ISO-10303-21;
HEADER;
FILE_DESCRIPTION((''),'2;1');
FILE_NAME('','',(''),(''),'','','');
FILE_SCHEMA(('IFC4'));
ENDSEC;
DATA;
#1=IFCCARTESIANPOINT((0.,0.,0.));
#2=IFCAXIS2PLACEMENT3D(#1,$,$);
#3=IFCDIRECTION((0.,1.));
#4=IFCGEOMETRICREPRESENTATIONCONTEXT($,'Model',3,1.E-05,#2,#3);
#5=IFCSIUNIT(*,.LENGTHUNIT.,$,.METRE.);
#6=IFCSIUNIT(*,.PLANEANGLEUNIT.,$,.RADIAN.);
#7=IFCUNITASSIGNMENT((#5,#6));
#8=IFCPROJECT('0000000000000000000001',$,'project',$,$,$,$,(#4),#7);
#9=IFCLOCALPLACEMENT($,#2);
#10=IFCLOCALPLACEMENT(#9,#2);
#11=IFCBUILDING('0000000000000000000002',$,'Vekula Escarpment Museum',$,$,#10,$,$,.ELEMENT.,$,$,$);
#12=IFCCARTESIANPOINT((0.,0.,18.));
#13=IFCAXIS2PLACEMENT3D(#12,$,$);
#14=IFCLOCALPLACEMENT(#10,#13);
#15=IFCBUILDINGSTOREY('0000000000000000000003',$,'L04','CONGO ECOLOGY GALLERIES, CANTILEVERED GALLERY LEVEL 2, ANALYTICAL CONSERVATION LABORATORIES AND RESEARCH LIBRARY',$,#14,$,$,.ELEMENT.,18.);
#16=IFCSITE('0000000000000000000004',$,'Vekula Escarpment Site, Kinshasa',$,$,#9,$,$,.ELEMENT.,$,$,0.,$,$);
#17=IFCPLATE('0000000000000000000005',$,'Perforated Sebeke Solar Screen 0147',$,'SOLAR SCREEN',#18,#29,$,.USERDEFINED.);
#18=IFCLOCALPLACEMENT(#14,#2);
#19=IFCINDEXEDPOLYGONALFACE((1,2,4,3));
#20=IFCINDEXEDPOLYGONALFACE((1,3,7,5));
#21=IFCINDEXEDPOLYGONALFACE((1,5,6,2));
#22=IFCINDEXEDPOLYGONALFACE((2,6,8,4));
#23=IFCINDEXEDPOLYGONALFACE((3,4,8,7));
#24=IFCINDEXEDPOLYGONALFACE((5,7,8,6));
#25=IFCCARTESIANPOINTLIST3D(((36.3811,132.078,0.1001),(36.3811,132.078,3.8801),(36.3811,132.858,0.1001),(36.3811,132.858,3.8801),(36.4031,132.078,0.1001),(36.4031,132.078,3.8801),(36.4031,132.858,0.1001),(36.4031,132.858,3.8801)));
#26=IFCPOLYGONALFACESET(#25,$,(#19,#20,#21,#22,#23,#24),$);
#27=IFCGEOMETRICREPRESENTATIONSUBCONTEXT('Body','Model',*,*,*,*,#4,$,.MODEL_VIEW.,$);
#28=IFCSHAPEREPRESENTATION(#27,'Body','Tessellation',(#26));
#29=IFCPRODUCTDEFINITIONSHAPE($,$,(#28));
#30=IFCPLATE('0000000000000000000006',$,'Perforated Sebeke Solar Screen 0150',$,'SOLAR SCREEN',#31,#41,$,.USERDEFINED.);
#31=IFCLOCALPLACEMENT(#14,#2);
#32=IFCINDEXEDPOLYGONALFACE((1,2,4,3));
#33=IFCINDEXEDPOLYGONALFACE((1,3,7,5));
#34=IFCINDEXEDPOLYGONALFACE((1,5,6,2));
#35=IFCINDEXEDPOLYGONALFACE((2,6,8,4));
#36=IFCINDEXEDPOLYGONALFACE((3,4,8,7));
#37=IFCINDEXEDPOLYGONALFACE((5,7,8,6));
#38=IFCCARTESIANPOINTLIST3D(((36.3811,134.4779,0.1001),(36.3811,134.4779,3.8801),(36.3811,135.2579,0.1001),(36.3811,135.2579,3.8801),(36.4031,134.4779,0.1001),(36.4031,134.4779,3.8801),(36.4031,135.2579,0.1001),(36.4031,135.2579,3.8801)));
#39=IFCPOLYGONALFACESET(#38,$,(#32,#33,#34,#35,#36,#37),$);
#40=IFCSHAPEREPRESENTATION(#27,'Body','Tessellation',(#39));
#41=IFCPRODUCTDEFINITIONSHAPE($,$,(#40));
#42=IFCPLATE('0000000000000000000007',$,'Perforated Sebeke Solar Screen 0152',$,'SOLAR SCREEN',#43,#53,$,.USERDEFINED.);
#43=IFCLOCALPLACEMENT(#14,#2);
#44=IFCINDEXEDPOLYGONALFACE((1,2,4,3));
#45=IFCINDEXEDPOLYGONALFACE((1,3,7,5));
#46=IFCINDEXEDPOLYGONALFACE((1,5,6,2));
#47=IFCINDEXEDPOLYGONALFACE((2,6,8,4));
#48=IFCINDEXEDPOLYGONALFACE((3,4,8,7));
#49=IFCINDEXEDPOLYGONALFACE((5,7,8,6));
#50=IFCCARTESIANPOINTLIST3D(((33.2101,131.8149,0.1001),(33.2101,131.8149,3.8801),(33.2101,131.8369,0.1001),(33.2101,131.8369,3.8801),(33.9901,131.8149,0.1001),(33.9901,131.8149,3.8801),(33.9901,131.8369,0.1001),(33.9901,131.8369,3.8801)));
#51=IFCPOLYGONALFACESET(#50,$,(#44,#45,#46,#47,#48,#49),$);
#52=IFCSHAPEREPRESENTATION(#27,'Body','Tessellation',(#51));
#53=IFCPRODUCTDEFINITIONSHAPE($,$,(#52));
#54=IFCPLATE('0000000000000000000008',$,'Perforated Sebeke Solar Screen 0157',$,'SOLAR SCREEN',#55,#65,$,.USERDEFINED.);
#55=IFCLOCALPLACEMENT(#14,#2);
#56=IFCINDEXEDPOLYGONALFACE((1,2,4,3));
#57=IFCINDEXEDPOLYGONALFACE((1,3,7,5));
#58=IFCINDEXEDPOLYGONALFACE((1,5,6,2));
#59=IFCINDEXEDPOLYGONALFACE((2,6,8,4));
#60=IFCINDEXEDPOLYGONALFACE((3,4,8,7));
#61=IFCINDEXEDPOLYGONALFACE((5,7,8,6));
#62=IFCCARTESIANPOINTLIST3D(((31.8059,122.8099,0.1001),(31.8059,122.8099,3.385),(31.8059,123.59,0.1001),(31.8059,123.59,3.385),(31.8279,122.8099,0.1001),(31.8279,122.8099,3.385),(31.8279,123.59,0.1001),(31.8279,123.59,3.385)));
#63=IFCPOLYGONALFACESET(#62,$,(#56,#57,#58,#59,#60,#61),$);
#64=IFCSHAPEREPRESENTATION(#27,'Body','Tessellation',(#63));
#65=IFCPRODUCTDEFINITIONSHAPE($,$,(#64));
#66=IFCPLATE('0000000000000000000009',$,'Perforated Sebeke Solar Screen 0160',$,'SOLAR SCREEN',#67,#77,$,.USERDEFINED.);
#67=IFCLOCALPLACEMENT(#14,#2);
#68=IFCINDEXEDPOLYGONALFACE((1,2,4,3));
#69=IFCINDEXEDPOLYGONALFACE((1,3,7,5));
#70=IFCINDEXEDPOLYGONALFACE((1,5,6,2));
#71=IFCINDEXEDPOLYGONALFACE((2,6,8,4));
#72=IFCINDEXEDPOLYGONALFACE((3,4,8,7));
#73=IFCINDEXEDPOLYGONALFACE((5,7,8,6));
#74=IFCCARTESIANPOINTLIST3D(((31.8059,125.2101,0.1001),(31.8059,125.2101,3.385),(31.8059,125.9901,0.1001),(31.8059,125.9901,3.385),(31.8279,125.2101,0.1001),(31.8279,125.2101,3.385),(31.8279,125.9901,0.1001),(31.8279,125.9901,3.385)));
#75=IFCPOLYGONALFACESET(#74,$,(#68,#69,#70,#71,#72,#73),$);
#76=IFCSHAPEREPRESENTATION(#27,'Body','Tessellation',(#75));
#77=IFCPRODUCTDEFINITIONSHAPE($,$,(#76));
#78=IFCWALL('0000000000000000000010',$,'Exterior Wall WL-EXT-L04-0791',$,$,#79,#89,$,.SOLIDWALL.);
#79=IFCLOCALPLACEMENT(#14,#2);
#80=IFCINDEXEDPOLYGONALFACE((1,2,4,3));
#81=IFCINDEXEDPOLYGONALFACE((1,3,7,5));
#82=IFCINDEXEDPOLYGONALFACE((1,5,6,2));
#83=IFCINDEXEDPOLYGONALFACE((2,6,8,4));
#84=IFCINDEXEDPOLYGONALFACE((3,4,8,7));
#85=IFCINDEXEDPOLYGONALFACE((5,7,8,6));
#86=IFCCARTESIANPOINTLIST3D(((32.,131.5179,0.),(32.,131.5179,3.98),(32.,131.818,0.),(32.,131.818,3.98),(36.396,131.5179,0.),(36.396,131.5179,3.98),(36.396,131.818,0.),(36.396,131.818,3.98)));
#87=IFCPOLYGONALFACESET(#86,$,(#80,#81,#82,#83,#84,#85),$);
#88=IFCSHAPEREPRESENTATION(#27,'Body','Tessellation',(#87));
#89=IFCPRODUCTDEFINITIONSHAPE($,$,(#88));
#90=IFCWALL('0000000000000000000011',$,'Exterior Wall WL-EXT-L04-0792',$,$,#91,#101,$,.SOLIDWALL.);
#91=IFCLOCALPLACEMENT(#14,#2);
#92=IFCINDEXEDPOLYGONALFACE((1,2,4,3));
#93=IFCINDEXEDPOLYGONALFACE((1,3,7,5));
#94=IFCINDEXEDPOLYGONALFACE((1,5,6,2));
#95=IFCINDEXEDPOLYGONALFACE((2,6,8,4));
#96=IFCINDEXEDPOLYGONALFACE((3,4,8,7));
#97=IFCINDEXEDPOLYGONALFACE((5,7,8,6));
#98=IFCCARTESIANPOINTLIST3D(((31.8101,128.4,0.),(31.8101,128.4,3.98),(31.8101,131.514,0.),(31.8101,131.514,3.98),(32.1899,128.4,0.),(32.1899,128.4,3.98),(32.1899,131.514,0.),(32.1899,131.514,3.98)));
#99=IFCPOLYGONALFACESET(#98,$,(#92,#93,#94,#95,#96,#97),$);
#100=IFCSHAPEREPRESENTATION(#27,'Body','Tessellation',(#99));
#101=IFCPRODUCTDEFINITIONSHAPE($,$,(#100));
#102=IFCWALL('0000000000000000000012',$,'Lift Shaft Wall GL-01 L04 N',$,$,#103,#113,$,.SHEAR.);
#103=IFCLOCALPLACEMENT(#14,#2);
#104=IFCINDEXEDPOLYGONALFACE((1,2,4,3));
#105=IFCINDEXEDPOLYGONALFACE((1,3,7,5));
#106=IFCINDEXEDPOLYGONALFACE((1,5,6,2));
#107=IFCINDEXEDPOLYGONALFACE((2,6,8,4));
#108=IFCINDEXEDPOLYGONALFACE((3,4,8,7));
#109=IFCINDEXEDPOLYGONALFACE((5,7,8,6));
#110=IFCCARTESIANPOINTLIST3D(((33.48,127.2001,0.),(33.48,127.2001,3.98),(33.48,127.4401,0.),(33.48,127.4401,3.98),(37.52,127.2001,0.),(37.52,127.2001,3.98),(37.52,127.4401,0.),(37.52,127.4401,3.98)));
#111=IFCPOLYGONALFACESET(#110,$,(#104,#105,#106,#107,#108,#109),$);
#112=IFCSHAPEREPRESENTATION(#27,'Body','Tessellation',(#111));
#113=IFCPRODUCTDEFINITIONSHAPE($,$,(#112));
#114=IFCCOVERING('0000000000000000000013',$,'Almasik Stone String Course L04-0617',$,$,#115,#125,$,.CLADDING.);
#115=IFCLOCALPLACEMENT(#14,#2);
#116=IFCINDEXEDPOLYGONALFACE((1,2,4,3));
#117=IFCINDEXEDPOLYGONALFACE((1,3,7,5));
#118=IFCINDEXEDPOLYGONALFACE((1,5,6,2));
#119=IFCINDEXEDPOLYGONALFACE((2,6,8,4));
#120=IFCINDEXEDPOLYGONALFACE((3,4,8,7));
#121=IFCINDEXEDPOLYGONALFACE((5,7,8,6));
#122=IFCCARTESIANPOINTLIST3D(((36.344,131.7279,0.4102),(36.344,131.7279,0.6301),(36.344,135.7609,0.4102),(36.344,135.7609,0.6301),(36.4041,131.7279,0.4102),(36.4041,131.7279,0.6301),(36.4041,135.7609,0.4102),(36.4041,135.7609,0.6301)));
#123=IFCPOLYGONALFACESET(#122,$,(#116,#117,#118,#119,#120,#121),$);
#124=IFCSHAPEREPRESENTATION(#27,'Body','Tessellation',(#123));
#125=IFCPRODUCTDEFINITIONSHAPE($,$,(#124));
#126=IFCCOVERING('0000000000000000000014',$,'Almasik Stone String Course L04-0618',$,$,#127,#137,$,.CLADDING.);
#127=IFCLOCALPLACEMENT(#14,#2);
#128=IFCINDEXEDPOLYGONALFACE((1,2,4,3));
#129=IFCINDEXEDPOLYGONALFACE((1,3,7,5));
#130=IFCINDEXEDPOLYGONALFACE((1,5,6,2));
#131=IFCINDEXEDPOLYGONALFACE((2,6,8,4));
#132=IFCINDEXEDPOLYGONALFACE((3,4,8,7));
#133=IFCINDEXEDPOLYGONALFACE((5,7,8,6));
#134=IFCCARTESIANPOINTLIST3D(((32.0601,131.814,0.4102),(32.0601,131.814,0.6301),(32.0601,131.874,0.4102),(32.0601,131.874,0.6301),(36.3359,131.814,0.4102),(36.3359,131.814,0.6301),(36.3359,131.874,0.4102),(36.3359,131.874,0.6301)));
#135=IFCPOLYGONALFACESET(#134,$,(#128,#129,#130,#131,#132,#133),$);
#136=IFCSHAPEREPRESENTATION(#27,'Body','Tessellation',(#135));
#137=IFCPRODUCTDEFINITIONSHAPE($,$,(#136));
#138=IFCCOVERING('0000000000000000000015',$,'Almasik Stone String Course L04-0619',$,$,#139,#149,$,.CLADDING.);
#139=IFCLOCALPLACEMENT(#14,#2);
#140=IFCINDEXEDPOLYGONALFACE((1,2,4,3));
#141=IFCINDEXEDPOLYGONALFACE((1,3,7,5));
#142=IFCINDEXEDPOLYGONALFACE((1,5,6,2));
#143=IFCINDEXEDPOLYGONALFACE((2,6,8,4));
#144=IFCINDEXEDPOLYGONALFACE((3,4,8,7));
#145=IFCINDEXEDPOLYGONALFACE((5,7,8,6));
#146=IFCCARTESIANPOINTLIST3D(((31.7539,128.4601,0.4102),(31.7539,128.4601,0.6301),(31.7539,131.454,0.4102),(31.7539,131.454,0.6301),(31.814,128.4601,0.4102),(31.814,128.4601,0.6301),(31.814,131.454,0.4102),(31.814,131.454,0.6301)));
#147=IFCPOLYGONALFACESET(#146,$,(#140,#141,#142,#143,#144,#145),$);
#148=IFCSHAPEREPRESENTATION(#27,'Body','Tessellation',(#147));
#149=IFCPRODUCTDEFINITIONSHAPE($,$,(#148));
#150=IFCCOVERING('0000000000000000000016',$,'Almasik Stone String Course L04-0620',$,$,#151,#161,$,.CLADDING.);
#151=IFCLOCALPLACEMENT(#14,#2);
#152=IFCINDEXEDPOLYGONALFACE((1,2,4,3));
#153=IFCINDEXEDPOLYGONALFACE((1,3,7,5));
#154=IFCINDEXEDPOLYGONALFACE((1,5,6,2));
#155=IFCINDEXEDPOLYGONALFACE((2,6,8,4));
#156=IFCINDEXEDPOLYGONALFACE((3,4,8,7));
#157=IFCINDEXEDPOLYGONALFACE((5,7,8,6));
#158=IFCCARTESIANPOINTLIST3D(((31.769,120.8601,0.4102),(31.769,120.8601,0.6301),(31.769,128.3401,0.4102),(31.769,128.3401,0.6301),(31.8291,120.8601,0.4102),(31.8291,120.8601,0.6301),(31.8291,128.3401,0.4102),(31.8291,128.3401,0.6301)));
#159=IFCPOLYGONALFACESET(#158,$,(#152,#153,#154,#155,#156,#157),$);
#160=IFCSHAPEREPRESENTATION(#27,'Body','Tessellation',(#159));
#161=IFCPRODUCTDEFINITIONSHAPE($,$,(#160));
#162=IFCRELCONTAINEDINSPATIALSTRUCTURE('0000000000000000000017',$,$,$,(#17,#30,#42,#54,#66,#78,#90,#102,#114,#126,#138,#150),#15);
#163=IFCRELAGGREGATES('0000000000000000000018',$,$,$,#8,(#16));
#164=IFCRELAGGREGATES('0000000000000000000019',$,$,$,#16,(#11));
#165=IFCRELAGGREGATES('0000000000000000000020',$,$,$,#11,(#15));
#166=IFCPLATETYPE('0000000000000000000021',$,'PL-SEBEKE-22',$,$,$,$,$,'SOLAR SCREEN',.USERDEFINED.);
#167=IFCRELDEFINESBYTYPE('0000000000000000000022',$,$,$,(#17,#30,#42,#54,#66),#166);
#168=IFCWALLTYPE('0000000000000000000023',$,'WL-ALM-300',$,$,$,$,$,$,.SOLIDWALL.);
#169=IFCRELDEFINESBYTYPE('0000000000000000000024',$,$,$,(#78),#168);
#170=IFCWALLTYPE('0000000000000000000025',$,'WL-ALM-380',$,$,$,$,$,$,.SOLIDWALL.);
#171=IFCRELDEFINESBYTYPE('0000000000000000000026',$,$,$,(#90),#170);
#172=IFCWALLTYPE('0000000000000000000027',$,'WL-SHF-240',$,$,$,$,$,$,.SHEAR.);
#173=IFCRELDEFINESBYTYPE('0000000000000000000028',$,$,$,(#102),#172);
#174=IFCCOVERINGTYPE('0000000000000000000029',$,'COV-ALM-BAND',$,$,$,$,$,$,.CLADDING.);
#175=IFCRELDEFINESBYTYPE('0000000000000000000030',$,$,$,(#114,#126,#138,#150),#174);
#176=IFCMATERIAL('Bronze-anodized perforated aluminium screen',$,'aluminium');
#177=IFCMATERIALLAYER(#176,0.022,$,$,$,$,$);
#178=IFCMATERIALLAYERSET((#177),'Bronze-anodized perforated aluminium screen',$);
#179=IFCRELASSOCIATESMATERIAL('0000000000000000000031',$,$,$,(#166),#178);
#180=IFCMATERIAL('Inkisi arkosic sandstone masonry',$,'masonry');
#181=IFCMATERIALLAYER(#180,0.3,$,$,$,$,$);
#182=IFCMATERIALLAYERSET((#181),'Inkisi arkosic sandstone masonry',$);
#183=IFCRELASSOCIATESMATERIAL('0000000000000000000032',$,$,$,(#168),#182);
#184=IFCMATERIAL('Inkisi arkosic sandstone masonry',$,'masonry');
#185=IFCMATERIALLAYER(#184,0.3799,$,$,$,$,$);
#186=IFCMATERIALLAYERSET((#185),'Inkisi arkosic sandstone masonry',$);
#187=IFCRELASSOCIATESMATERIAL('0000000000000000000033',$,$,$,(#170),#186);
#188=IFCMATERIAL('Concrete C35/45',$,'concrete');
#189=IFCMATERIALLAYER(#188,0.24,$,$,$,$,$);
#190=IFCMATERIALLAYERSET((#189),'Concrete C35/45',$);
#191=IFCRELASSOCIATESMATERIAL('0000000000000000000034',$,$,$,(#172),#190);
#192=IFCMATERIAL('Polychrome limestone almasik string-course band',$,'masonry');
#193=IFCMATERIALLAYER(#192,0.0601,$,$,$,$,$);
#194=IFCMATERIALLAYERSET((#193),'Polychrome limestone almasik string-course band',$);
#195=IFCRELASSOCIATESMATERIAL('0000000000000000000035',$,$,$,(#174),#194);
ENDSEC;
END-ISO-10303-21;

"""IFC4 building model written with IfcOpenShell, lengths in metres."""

from ifc_helpers import new_model, si_unit, direction, frame, frame_2d, origin, origin_2d, place, context, subcontext, project, spatial, rectangle, extrude, material, layer, layer_set, type_object, element, save


model = new_model("IFC4")

# Units and contexts
model_context = context("Model", 3, precision=1e-05, world=origin(), true_north=direction((0.0, 1.0)))
body_context = subcontext(model_context, "Body", "Model", "MODEL_VIEW")
ifc_project = project(units=[si_unit("LENGTHUNIT", "METRE"), si_unit("PLANEANGLEUNIT", "RADIAN")], contexts=[model_context])

# Site, building, storey
site_placement = place(None, origin())
site = spatial("IfcSite", under=ifc_project, at=site_placement, Name="Vekula Escarpment Site, Kinshasa", CompositionType="ELEMENT", RefElevation=0.0)
building_placement = place(site_placement, origin())
building = spatial("IfcBuilding", under=site, at=building_placement, Name="Vekula Escarpment Museum", CompositionType="ELEMENT")
storey_placement = place(building_placement, frame((0.0, 0.0, 18.0)))
storey = spatial("IfcBuildingStorey", under=building, at=storey_placement, Name="L04", Description="CONGO ECOLOGY GALLERIES, CANTILEVERED GALLERY LEVEL 2, ANALYTICAL CONSERVATION LABORATORIES AND RESEARCH LIBRARY", CompositionType="ELEMENT", Elevation=18.0)

# Plates
ifc_material_1 = material(Name="Bronze-anodized perforated aluminium screen", Category="aluminium")
ifc_layer_1 = layer(ifc_material_1, 0.022)
ifc_layer_set_1 = layer_set([ifc_layer_1], Name="Bronze-anodized perforated aluminium screen")
plate_type_1 = type_object("IfcPlateType", Name="PL-SEBEKE-22", ElementType="SOLAR SCREEN", PredefinedType="USERDEFINED", material=ifc_layer_set_1)
for number, where, z_axis, x_axis, name in (
    (1, (36.3921, 132.468, 0.1001), (0.0, 0.0, 1.0), (0.0, 1.0, 0.0), "Perforated Sebeke Solar Screen 0147"),
    (2, (36.3921, 134.8679, 0.1001), (0.0, 0.0, 1.0), (0.0, 1.0, 0.0), "Perforated Sebeke Solar Screen 0150"),
    (3, (33.6001, 131.8259, 0.1001), (0.0, 0.0, 1.0), (1.0, 0.0, 0.0), "Perforated Sebeke Solar Screen 0152"),
):
    element("IfcPlate", number, at=place(storey_placement, frame(where, z_axis=z_axis, x_axis=x_axis)), inside=storey, type_object=plate_type_1, Name=name, ObjectType="SOLAR SCREEN", PredefinedType="USERDEFINED", context=body_context, shape_type="SweptSolid", body=[
        extrude(rectangle(XDim=0.78, YDim=0.022, at=origin_2d()), origin(), (0.0, 0.0, 1.0), 3.78),
    ])
for number, where, z_axis, x_axis, name in (
    (4, (31.8169, 123.2, 0.1001), (0.0, 0.0, 1.0), (0.0, 1.0, 0.0), "Perforated Sebeke Solar Screen 0157"),
    (5, (31.8169, 125.6001, 0.1001), (0.0, 0.0, 1.0), (0.0, 1.0, 0.0), "Perforated Sebeke Solar Screen 0160"),
):
    element("IfcPlate", number, at=place(storey_placement, frame(where, z_axis=z_axis, x_axis=x_axis)), inside=storey, type_object=plate_type_1, Name=name, ObjectType="SOLAR SCREEN", PredefinedType="USERDEFINED", context=body_context, shape_type="SweptSolid", body=[
        extrude(rectangle(XDim=0.78, YDim=0.022, at=origin_2d()), origin(), (0.0, 0.0, 1.0), 3.2849),
    ])

# Walls
ifc_material_2 = material(Name="Inkisi arkosic sandstone masonry", Category="masonry")
ifc_layer_2 = layer(ifc_material_2, 0.3)
ifc_layer_set_2 = layer_set([ifc_layer_2], Name="Inkisi arkosic sandstone masonry")
wall_type_1 = type_object("IfcWallType", Name="WL-ALM-300", PredefinedType="SOLIDWALL", material=ifc_layer_set_2)
wall_1_placement = place(storey_placement, frame((32.0, 131.668, 0.0), z_axis=(0.0, 0.0, 1.0), x_axis=(1.0, 0.0, 0.0)))
element("IfcWall", 6, at=wall_1_placement, inside=storey, type_object=wall_type_1, Name="Exterior Wall WL-EXT-L04-0791", PredefinedType="SOLIDWALL", context=body_context, shape_type="SweptSolid", body=[
    extrude(rectangle(XDim=4.396, YDim=0.3, at=frame_2d((2.198, 0.0))), origin(), (0.0, 0.0, 1.0), 3.98),
])
ifc_material_3 = material(Name="Inkisi arkosic sandstone masonry", Category="masonry")
ifc_layer_3 = layer(ifc_material_3, 0.3799)
ifc_layer_set_3 = layer_set([ifc_layer_3], Name="Inkisi arkosic sandstone masonry")
wall_type_2 = type_object("IfcWallType", Name="WL-ALM-380", PredefinedType="SOLIDWALL", material=ifc_layer_set_3)
wall_2_placement = place(storey_placement, frame((32.0, 128.3999, 0.0), z_axis=(0.0, 0.0, 1.0), x_axis=(0.0, 1.0, 0.0)))
element("IfcWall", 7, at=wall_2_placement, inside=storey, type_object=wall_type_2, Name="Exterior Wall WL-EXT-L04-0792", PredefinedType="SOLIDWALL", context=body_context, shape_type="SweptSolid", body=[
    extrude(rectangle(XDim=3.114, YDim=0.3799, at=frame_2d((1.5571, 0.0))), origin(), (0.0, 0.0, 1.0), 3.98),
])
ifc_material_4 = material(Name="Concrete C35/45", Category="concrete")
ifc_layer_4 = layer(ifc_material_4, 0.24)
ifc_layer_set_4 = layer_set([ifc_layer_4], Name="Concrete C35/45")
wall_type_3 = type_object("IfcWallType", Name="WL-SHF-240", PredefinedType="SHEAR", material=ifc_layer_set_4)
wall_3_placement = place(storey_placement, frame((33.48, 127.3201, 0.0), z_axis=(0.0, 0.0, 1.0), x_axis=(1.0, 0.0, 0.0)))
element("IfcWall", 8, at=wall_3_placement, inside=storey, type_object=wall_type_3, Name="Lift Shaft Wall GL-01 L04 N", PredefinedType="SHEAR", context=body_context, shape_type="SweptSolid", body=[
    extrude(rectangle(XDim=4.04, YDim=0.24, at=frame_2d((2.02, 0.0))), origin(), (0.0, 0.0, 1.0), 3.98),
])

# Coverings
ifc_material_5 = material(Name="Polychrome limestone almasik string-course band", Category="masonry")
ifc_layer_5 = layer(ifc_material_5, 0.0601)
ifc_layer_set_5 = layer_set([ifc_layer_5], Name="Polychrome limestone almasik string-course band")
covering_type = type_object("IfcCoveringType", Name="COV-ALM-BAND", PredefinedType="CLADDING", material=ifc_layer_set_5)
covering_1_placement = place(storey_placement, frame((36.374, 133.7444, 0.4102), z_axis=(0.0, 0.0, 1.0), x_axis=(0.0, 1.0, 0.0)))
element("IfcCovering", 9, at=covering_1_placement, inside=storey, type_object=covering_type, Name="Almasik Stone String Course L04-0617", PredefinedType="CLADDING", context=body_context, shape_type="SweptSolid", body=[
    extrude(rectangle(XDim=4.033, YDim=0.0601, at=origin_2d()), origin(), (0.0, 0.0, 1.0), 0.22),
])
covering_2_placement = place(storey_placement, frame((34.198, 131.844, 0.4102), z_axis=(0.0, 0.0, 1.0), x_axis=(1.0, 0.0, 0.0)))
element("IfcCovering", 10, at=covering_2_placement, inside=storey, type_object=covering_type, Name="Almasik Stone String Course L04-0618", PredefinedType="CLADDING", context=body_context, shape_type="SweptSolid", body=[
    extrude(rectangle(XDim=4.2759, YDim=0.0601, at=origin_2d()), origin(), (0.0, 0.0, 1.0), 0.22),
])
covering_3_placement = place(storey_placement, frame((31.7839, 129.957, 0.4102), z_axis=(0.0, 0.0, 1.0), x_axis=(0.0, 1.0, 0.0)))
element("IfcCovering", 11, at=covering_3_placement, inside=storey, type_object=covering_type, Name="Almasik Stone String Course L04-0619", PredefinedType="CLADDING", context=body_context, shape_type="SweptSolid", body=[
    extrude(rectangle(XDim=2.9939, YDim=0.0601, at=origin_2d()), origin(), (0.0, 0.0, 1.0), 0.22),
])
covering_4_placement = place(storey_placement, frame((31.7991, 124.6001, 0.4102), z_axis=(0.0, 0.0, 1.0), x_axis=(0.0, 1.0, 0.0)))
element("IfcCovering", 12, at=covering_4_placement, inside=storey, type_object=covering_type, Name="Almasik Stone String Course L04-0620", PredefinedType="CLADDING", context=body_context, shape_type="SweptSolid", body=[
    extrude(rectangle(XDim=7.48, YDim=0.0601, at=origin_2d()), origin(), (0.0, 0.0, 1.0), 0.22),
])

save(model, "model.ifc")
